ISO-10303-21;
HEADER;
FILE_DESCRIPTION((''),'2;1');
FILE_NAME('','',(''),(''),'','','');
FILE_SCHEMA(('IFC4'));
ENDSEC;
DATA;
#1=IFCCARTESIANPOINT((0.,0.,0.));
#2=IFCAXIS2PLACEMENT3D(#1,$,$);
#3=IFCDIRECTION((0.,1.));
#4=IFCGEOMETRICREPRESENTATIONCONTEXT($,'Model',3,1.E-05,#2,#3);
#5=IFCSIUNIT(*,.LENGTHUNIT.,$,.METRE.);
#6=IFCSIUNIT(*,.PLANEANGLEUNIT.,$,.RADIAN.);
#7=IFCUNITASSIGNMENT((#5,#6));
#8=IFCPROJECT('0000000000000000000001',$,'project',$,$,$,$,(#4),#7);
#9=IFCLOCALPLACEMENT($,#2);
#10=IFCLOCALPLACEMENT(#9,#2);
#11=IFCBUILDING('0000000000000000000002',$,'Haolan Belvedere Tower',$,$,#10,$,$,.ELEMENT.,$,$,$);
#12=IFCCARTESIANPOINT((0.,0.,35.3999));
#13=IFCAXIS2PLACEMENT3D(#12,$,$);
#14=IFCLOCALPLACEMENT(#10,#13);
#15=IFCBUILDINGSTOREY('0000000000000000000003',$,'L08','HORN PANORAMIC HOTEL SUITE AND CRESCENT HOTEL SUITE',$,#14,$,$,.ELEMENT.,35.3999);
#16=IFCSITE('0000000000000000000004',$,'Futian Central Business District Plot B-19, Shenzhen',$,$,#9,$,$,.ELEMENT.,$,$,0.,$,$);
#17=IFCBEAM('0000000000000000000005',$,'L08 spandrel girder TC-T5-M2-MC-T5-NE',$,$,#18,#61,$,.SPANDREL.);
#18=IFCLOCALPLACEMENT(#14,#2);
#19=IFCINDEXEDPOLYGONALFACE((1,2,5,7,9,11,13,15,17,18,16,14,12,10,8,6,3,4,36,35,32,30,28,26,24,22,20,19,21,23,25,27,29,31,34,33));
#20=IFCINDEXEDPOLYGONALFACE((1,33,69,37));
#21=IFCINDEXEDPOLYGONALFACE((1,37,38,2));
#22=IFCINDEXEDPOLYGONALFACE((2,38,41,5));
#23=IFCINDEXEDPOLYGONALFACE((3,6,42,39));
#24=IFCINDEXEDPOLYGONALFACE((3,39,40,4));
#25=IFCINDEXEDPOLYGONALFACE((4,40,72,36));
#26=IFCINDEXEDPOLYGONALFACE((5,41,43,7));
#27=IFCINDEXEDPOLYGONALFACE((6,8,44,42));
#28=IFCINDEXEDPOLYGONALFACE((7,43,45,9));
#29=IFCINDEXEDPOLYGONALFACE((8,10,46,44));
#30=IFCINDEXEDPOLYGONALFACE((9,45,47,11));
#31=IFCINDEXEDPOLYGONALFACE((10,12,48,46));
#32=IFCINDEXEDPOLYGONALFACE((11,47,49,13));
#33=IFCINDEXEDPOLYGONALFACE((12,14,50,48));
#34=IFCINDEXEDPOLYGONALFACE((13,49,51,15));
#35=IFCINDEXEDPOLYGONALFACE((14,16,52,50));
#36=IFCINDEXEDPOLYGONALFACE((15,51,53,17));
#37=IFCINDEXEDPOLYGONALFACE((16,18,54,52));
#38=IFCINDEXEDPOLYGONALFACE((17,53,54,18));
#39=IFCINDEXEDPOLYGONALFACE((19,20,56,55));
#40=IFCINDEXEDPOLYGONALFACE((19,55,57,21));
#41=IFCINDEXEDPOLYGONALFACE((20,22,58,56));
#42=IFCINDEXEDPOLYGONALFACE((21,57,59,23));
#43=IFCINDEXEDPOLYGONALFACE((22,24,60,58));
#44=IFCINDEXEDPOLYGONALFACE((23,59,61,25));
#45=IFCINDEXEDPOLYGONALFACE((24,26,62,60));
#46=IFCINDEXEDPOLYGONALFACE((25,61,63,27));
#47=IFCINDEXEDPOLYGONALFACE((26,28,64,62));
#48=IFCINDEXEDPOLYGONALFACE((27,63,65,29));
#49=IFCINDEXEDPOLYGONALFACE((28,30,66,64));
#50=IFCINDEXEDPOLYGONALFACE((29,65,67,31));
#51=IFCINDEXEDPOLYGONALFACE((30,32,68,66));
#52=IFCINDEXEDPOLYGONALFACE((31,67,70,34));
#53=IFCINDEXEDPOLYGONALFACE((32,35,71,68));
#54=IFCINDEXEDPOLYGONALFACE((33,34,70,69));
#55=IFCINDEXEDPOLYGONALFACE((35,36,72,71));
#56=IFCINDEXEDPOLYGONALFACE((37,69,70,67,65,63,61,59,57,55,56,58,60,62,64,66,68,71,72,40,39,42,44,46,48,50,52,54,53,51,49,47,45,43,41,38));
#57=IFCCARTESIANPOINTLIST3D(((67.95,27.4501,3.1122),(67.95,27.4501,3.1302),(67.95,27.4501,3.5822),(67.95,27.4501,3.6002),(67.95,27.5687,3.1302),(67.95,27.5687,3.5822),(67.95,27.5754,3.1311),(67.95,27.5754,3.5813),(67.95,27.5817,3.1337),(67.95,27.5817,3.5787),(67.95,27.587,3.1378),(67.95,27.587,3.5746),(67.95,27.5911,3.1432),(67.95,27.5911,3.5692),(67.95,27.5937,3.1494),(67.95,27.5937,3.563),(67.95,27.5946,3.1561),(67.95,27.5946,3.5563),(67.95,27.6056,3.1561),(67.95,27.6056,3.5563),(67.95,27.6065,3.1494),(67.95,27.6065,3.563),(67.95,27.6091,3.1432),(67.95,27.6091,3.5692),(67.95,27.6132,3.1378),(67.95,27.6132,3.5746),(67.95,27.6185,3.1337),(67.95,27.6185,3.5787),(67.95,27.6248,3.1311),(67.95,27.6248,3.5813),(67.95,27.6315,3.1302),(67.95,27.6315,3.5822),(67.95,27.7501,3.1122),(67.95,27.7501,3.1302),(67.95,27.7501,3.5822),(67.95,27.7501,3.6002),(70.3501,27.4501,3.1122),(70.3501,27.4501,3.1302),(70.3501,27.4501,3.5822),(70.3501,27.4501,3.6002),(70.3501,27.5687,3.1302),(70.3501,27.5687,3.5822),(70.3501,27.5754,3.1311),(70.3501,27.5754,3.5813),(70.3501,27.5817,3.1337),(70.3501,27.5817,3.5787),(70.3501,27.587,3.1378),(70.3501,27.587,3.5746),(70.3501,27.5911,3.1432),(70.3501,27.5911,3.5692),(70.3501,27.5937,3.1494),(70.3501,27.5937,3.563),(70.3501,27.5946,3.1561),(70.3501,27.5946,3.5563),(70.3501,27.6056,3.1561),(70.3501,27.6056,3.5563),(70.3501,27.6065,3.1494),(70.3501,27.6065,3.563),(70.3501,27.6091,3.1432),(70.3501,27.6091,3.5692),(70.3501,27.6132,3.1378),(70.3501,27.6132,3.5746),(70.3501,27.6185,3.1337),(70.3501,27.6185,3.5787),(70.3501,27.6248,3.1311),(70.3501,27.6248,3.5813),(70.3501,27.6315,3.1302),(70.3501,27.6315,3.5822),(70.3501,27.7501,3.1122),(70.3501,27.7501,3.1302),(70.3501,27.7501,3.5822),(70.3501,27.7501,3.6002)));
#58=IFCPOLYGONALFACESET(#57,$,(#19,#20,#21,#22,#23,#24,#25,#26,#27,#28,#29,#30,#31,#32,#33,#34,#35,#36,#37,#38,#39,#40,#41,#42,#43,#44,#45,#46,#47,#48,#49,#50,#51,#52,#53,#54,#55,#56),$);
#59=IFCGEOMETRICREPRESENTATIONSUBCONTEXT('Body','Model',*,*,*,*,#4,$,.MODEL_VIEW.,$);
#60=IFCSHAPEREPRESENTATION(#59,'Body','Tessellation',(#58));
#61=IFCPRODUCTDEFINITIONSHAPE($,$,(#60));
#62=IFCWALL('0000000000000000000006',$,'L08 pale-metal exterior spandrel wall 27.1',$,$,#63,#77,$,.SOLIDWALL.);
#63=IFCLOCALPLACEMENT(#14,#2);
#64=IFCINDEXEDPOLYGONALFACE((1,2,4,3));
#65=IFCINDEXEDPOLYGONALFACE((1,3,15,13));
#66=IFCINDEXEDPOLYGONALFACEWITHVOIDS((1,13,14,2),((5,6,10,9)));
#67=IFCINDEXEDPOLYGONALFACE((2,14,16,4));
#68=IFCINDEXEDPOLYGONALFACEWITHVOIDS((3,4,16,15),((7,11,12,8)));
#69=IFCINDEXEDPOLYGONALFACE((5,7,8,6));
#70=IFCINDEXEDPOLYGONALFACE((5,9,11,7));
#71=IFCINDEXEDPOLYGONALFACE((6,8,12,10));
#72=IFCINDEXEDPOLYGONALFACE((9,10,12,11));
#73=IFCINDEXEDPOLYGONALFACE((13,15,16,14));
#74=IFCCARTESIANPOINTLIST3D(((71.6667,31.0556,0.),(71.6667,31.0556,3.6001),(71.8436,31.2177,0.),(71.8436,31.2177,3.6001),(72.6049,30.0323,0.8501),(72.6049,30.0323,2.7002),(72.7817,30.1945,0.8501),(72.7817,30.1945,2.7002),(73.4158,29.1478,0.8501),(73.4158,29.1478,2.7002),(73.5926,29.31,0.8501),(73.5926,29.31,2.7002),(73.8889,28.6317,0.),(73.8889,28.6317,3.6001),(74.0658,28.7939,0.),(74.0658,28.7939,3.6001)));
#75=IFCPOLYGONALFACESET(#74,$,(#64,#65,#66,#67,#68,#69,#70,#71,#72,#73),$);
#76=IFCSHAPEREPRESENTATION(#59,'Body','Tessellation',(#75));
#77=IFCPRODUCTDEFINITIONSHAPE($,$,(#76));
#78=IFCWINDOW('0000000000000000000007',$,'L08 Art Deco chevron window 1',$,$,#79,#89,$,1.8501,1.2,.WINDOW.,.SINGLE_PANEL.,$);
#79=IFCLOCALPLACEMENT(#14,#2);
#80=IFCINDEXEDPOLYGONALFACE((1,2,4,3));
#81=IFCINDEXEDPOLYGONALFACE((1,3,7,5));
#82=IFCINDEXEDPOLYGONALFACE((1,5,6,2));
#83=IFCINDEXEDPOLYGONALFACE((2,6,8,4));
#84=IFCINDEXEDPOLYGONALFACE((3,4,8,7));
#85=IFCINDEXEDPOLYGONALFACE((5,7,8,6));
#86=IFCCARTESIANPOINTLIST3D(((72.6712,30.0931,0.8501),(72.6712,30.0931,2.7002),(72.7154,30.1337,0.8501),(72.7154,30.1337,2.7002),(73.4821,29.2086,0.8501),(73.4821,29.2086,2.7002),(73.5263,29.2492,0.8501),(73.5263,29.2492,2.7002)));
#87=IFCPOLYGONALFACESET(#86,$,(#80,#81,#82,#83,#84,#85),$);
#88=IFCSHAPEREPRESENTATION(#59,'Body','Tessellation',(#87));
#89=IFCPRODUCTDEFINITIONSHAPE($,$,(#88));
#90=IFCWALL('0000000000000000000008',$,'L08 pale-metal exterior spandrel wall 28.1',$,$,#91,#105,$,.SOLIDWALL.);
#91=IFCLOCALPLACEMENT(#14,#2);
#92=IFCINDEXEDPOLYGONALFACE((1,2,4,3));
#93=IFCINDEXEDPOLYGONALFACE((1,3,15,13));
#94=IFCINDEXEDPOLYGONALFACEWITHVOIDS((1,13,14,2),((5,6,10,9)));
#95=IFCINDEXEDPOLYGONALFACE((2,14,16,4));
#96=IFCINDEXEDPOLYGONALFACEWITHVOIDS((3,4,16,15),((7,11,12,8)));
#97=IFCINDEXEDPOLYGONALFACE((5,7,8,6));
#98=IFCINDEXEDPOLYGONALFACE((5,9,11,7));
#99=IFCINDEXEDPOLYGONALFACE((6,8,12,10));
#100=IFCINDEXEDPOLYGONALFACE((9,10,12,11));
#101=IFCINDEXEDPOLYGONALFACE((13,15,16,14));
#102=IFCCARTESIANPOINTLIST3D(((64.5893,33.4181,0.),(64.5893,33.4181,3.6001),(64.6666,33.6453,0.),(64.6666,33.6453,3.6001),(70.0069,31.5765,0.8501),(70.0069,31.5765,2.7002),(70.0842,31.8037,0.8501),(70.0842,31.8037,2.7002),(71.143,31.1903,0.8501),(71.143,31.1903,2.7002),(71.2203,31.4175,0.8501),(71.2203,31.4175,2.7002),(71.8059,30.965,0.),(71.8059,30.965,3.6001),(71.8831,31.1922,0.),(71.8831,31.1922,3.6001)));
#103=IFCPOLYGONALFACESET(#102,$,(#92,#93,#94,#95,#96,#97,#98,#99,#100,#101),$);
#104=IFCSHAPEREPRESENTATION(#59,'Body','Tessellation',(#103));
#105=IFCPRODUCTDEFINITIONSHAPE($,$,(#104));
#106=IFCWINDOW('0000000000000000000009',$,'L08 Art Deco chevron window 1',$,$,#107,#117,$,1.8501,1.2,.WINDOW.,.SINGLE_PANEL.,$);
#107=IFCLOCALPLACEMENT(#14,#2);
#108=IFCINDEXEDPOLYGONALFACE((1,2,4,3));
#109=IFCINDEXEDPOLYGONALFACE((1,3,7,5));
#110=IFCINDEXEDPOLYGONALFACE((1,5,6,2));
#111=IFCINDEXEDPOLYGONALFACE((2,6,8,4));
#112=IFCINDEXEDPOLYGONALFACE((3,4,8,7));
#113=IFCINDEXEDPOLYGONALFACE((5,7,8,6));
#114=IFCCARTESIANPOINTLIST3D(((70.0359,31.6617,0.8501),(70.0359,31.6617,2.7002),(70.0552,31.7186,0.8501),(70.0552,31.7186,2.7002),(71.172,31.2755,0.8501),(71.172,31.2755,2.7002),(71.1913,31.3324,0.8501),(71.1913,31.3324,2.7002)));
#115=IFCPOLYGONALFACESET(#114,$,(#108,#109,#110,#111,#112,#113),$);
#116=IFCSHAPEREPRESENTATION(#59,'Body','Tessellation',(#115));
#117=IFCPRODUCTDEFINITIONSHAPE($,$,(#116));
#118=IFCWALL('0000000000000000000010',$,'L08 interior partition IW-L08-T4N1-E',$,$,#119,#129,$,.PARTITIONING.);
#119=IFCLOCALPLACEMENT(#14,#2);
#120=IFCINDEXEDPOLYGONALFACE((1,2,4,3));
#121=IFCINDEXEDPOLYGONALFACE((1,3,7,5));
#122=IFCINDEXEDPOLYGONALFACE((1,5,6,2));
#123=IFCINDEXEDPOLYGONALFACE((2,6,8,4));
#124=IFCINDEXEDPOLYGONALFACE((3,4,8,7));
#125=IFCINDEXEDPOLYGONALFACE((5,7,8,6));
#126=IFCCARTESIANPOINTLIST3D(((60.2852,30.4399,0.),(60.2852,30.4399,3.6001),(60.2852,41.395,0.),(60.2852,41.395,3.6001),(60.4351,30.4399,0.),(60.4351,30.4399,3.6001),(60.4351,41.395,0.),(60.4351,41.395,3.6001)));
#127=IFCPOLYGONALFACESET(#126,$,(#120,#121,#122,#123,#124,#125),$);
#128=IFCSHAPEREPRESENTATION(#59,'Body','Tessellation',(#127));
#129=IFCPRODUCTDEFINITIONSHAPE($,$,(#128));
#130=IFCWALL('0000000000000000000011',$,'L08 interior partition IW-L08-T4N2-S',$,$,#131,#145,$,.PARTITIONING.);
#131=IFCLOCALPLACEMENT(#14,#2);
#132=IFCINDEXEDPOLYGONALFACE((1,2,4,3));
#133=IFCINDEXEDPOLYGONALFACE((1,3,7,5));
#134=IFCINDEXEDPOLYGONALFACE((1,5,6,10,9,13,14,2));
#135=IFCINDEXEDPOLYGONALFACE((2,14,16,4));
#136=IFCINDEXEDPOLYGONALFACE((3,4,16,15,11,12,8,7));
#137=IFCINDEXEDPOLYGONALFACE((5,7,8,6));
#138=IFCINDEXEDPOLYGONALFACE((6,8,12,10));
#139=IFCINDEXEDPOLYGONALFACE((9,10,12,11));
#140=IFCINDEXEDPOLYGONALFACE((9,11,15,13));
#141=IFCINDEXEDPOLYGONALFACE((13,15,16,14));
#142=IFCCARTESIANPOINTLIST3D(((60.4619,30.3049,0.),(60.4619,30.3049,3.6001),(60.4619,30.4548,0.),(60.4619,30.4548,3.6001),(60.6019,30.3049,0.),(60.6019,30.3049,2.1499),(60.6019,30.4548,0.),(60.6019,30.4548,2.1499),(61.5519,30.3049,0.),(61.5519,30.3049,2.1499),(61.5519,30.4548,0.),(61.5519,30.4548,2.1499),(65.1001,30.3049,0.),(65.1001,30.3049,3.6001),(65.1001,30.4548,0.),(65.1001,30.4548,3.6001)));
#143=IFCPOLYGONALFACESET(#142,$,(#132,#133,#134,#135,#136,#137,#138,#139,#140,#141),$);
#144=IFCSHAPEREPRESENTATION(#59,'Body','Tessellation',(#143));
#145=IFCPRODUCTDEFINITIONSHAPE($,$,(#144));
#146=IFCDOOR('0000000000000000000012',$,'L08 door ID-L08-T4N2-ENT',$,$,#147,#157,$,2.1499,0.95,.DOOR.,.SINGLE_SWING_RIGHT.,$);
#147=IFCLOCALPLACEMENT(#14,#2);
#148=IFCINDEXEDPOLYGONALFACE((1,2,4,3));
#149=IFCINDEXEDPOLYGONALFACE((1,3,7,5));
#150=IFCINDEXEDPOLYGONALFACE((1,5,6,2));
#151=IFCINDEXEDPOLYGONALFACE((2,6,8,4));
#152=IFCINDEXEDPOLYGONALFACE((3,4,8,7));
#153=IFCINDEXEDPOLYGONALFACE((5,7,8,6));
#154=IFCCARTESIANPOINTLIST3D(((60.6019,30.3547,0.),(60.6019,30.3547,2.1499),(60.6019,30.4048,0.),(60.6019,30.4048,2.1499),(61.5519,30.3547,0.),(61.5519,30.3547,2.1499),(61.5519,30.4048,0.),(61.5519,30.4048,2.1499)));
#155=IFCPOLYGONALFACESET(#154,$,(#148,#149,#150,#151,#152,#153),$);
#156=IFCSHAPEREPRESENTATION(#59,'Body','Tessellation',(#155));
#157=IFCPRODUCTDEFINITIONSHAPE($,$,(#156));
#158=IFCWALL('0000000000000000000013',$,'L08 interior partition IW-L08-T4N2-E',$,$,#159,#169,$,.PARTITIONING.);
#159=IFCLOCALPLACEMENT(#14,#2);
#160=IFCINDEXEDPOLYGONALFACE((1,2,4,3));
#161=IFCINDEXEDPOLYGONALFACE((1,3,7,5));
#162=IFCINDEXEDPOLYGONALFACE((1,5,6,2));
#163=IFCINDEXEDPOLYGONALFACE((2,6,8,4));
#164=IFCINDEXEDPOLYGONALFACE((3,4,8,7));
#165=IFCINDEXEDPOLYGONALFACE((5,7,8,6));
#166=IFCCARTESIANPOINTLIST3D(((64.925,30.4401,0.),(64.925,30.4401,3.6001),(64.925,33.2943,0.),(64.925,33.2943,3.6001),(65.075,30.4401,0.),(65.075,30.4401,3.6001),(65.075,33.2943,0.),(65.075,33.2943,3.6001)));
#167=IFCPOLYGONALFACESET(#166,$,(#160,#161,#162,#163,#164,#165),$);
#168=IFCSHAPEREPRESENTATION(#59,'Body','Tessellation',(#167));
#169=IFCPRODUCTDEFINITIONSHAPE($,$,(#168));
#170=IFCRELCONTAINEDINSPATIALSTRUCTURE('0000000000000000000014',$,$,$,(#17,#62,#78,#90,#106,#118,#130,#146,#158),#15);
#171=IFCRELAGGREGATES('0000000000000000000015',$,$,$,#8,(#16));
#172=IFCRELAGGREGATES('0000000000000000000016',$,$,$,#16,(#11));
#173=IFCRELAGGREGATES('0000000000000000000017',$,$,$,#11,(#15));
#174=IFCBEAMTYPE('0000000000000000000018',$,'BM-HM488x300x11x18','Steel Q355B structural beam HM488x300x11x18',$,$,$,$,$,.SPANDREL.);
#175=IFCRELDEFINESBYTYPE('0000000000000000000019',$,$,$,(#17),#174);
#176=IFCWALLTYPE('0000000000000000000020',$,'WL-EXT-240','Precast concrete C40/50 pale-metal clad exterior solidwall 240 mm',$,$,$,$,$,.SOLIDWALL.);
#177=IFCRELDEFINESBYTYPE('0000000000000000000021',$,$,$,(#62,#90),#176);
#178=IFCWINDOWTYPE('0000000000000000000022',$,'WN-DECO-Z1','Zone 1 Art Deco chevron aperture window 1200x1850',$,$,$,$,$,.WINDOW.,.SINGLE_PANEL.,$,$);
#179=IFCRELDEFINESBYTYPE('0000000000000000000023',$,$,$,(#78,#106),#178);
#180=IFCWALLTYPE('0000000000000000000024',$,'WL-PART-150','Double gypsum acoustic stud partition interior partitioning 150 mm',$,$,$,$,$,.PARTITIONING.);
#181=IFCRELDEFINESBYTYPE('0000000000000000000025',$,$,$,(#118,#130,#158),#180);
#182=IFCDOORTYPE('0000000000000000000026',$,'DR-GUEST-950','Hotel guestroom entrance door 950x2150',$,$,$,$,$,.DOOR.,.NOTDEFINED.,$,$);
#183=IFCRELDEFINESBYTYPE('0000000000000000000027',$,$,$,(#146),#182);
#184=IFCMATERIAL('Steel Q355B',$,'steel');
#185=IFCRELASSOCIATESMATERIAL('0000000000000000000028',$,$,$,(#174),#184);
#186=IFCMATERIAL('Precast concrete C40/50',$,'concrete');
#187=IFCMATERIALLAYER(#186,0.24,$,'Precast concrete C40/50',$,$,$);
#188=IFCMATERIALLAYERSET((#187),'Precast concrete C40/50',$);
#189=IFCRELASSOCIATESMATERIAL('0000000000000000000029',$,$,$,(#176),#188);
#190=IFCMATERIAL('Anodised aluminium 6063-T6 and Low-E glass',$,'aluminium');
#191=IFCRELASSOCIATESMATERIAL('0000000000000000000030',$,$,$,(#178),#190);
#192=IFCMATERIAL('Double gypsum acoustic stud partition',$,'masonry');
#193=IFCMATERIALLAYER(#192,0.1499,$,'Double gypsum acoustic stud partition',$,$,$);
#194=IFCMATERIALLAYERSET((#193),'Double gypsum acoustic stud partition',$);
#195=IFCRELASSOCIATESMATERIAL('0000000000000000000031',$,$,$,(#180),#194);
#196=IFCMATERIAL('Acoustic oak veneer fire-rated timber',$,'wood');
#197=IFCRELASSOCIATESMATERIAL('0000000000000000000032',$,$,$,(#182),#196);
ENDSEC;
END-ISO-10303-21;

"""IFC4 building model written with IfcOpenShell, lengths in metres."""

from ifc_helpers import new_model, si_unit, direction, frame, frame_2d, origin, origin_2d, place, context, subcontext, project, spatial, rectangle, i_section, extrude, material, layer, layer_set, material_profile, profile_set, type_object, element, fill, save


model = new_model("IFC4")

# Units and contexts
model_context = context("Model", 3, precision=1e-05, world=origin(), true_north=direction((0.0, 1.0)))
body_context = subcontext(model_context, "Body", "Model", "MODEL_VIEW")
ifc_project = project(units=[si_unit("LENGTHUNIT", "METRE"), si_unit("PLANEANGLEUNIT", "RADIAN")], contexts=[model_context])

# Site, building, storey
site_placement = place(None, origin())
site = spatial("IfcSite", under=ifc_project, at=site_placement, Name="Futian Central Business District Plot B-19, Shenzhen", CompositionType="ELEMENT", RefElevation=0.0)
building_placement = place(site_placement, origin())
building = spatial("IfcBuilding", under=site, at=building_placement, Name="Haolan Belvedere Tower", CompositionType="ELEMENT")
storey_placement = place(building_placement, frame((0.0, 0.0, 35.3999)))
storey = spatial("IfcBuildingStorey", under=building, at=storey_placement, Name="L08", Description="HORN PANORAMIC HOTEL SUITE AND CRESCENT HOTEL SUITE", CompositionType="ELEMENT", Elevation=35.3999)

# Shared definitions
ifc_material_1 = material(Name="Steel Q355B", Category="steel")

# Beam
ifc_material_profile_1 = material_profile(ifc_material_1, i_section(OverallWidth=0.3, OverallDepth=0.488, WebThickness=0.011, FlangeThickness=0.0181, FilletRadius=0.0259, at=origin_2d()), Name="Steel Q355B")
ifc_profile_set_1 = profile_set([ifc_material_profile_1], Name="Steel Q355B")
beam_type = type_object("IfcBeamType", Name="BM-HM488x300x11x18", Description="Steel Q355B structural beam HM488x300x11x18", PredefinedType="SPANDREL", material=ifc_profile_set_1)
for number, where, z_axis, x_axis, name in (
    (1, (67.95, 27.6001, 3.3562), (1.0, 0.0, 0.0), (0.0, 1.0, 0.0), "L08 spandrel girder TC-T5-M2-MC-T5-NE"),
):
    element("IfcBeam", number, at=place(storey_placement, frame(where, z_axis=z_axis, x_axis=x_axis)), inside=storey, type_object=beam_type, Name=name, PredefinedType="SPANDREL", context=body_context, shape_type="SweptSolid", body=[
        extrude(i_section(OverallWidth=0.3, OverallDepth=0.488, WebThickness=0.011, FlangeThickness=0.0181, FilletRadius=0.0259, at=origin_2d()), origin(), (0.0, 0.0, 1.0), 2.4001),
    ])

# Walls, openings, windows
ifc_material_2 = material(Name="Precast concrete C40/50", Category="concrete")
ifc_layer_1 = layer(ifc_material_2, 0.24, Name="Precast concrete C40/50")
ifc_layer_set_1 = layer_set([ifc_layer_1], Name="Precast concrete C40/50")
wall_type_1 = type_object("IfcWallType", Name="WL-EXT-240", Description="Precast concrete C40/50 pale-metal clad exterior solidwall 240 mm", PredefinedType="SOLIDWALL", material=ifc_layer_set_1)
wall_1_placement = place(storey_placement, frame((73.9773, 28.7129, 0.0), z_axis=(0.0, 0.0, 1.0), x_axis=(-0.675778, 0.737105, 0.0)))
wall_1 = element("IfcWall", 2, at=wall_1_placement, inside=storey, type_object=wall_type_1, Name="L08 pale-metal exterior spandrel wall 27.1", PredefinedType="SOLIDWALL", context=body_context, shape_type="SweptSolid", body=[
    extrude(rectangle(XDim=3.2883, YDim=0.24, at=frame_2d((1.644, 0.0))), origin(), (0.0, 0.0, 1.0), 3.6001),
])
opening_1_placement = place(wall_1_placement, frame((0.7, 0.0, 0.8501)))
opening_1 = element("IfcOpeningElement", 3, at=opening_1_placement, cuts=wall_1, PredefinedType="OPENING", context=body_context, shape_type="SweptSolid", body=[
    extrude(rectangle(XDim=1.2, YDim=1.8501, at=frame_2d((0.6001, 0.925))), frame((0.0, 0.1299, 0.0), z_axis=(0.0, -1.0, 0.0), x_axis=(1.0, 0.0, 0.0)), (0.0, 0.0, 1.0), 0.26),
])
ifc_material_3 = material(Name="Anodised aluminium 6063-T6 and Low-E glass", Category="aluminium")
window_type = type_object("IfcWindowType", Name="WN-DECO-Z1", Description="Zone 1 Art Deco chevron aperture window 1200x1850", PartitioningType="SINGLE_PANEL", PredefinedType="WINDOW", material=ifc_material_3)
window_1_placement = place(opening_1_placement, origin())
window_1 = element("IfcWindow", 4, at=window_1_placement, inside=storey, type_object=window_type, Name="L08 Art Deco chevron window 1", OverallHeight=1.8501, OverallWidth=1.2, PartitioningType="SINGLE_PANEL", PredefinedType="WINDOW", context=body_context, shape_type="SweptSolid", body=[
    extrude(rectangle(XDim=1.2, YDim=1.8501, at=frame_2d((0.6001, 0.925))), frame((0.0, 0.03, 0.0), z_axis=(0.0, -1.0, 0.0), x_axis=(1.0, 0.0, 0.0)), (0.0, 0.0, 1.0), 0.0601),
])
fill(opening_1, window_1)
wall_2_placement = place(storey_placement, frame((71.8445, 31.0786, 0.0), z_axis=(0.0, 0.0, 1.0), x_axis=(-0.946793, 0.321844, 0.0)))
wall_2 = element("IfcWall", 5, at=wall_2_placement, inside=storey, type_object=wall_type_1, Name="L08 pale-metal exterior spandrel wall 28.1", PredefinedType="SOLIDWALL", context=body_context, shape_type="SweptSolid", body=[
    extrude(rectangle(XDim=7.6221, YDim=0.24, at=frame_2d((3.811, 0.0))), origin(), (0.0, 0.0, 1.0), 3.6001),
])
opening_2_placement = place(wall_2_placement, frame((0.7, 0.0, 0.8501)))
opening_2 = element("IfcOpeningElement", 6, at=opening_2_placement, cuts=wall_2, PredefinedType="OPENING", context=body_context, shape_type="SweptSolid", body=[
    extrude(rectangle(XDim=1.2, YDim=1.8501, at=frame_2d((0.6001, 0.925))), frame((0.0, 0.1299, 0.0), z_axis=(0.0, -1.0, 0.0), x_axis=(1.0, 0.0, 0.0)), (0.0, 0.0, 1.0), 0.26),
])
window_2_placement = place(opening_2_placement, origin())
window_2 = element("IfcWindow", 7, at=window_2_placement, inside=storey, type_object=window_type, Name="L08 Art Deco chevron window 1", OverallHeight=1.8501, OverallWidth=1.2, PartitioningType="SINGLE_PANEL", PredefinedType="WINDOW", context=body_context, shape_type="SweptSolid", body=[
    extrude(rectangle(XDim=1.2, YDim=1.8501, at=frame_2d((0.6001, 0.925))), frame((0.0, 0.03, 0.0), z_axis=(0.0, -1.0, 0.0), x_axis=(1.0, 0.0, 0.0)), (0.0, 0.0, 1.0), 0.0601),
])
fill(opening_2, window_2)

# Wall
ifc_material_4 = material(Name="Double gypsum acoustic stud partition", Category="masonry")
ifc_layer_2 = layer(ifc_material_4, 0.1499, Name="Double gypsum acoustic stud partition")
ifc_layer_set_2 = layer_set([ifc_layer_2], Name="Double gypsum acoustic stud partition")
wall_type_2 = type_object("IfcWallType", Name="WL-PART-150", Description="Double gypsum acoustic stud partition interior partitioning 150 mm", PredefinedType="PARTITIONING", material=ifc_layer_set_2)
wall_3_placement = place(storey_placement, frame((60.3601, 30.4399, 0.0), z_axis=(0.0, 0.0, 1.0), x_axis=(0.0, 1.0, 0.0)))
element("IfcWall", 8, at=wall_3_placement, inside=storey, type_object=wall_type_2, Name="L08 interior partition IW-L08-T4N1-E", PredefinedType="PARTITIONING", context=body_context, shape_type="SweptSolid", body=[
    extrude(rectangle(XDim=10.9551, YDim=0.1499, at=frame_2d((5.4775, 0.0))), origin(), (0.0, 0.0, 1.0), 3.6001),
])

# Wall, opening, door
wall_4_placement = place(storey_placement, frame((60.4619, 30.3799, 0.0), z_axis=(0.0, 0.0, 1.0), x_axis=(1.0, 0.0, 0.0)))
wall_4 = element("IfcWall", 9, at=wall_4_placement, inside=storey, type_object=wall_type_2, Name="L08 interior partition IW-L08-T4N2-S", PredefinedType="PARTITIONING", context=body_context, shape_type="SweptSolid", body=[
    extrude(rectangle(XDim=4.6382, YDim=0.1499, at=frame_2d((2.3191, 0.0))), origin(), (0.0, 0.0, 1.0), 3.6001),
])
opening_3_placement = place(wall_4_placement, frame((0.1399, 0.0, 0.0)))
opening_3 = element("IfcOpeningElement", 10, at=opening_3_placement, cuts=wall_4, PredefinedType="OPENING", context=body_context, shape_type="SweptSolid", body=[
    extrude(rectangle(XDim=0.95, YDim=2.1499, at=frame_2d((0.4751, 1.075))), frame((0.0, 0.085, 0.0), z_axis=(0.0, -1.0, 0.0), x_axis=(1.0, 0.0, 0.0)), (0.0, 0.0, 1.0), 0.1699),
])
ifc_material_5 = material(Name="Acoustic oak veneer fire-rated timber", Category="wood")
door_type_1 = type_object("IfcDoorType", Name="DR-GUEST-950", Description="Hotel guestroom entrance door 950x2150", OperationType="NOTDEFINED", PredefinedType="DOOR", material=ifc_material_5)
door_1_placement = place(opening_3_placement, origin())
door_1 = element("IfcDoor", 11, at=door_1_placement, inside=storey, type_object=door_type_1, Name="L08 door ID-L08-T4N2-ENT", OperationType="SINGLE_SWING_RIGHT", OverallHeight=2.1499, OverallWidth=0.95, PredefinedType="DOOR", context=body_context, shape_type="SweptSolid", body=[
    extrude(rectangle(XDim=0.95, YDim=2.1499, at=frame_2d((0.4751, 1.075))), frame((0.0, 0.0249, 0.0), z_axis=(0.0, -1.0, 0.0), x_axis=(1.0, 0.0, 0.0)), (0.0, 0.0, 1.0), 0.05),
])
fill(opening_3, door_1)

# Wall
wall_5_placement = place(storey_placement, frame((65.0, 30.4399, 0.0), z_axis=(0.0, 0.0, 1.0), x_axis=(0.0, 1.0, 0.0)))
element("IfcWall", 12, at=wall_5_placement, inside=storey, type_object=wall_type_2, Name="L08 interior partition IW-L08-T4N2-E", PredefinedType="PARTITIONING", context=body_context, shape_type="SweptSolid", body=[
    extrude(rectangle(XDim=2.8542, YDim=0.1499, at=frame_2d((1.4272, 0.0))), origin(), (0.0, 0.0, 1.0), 3.6001),
])

save(model, "model.ifc")
